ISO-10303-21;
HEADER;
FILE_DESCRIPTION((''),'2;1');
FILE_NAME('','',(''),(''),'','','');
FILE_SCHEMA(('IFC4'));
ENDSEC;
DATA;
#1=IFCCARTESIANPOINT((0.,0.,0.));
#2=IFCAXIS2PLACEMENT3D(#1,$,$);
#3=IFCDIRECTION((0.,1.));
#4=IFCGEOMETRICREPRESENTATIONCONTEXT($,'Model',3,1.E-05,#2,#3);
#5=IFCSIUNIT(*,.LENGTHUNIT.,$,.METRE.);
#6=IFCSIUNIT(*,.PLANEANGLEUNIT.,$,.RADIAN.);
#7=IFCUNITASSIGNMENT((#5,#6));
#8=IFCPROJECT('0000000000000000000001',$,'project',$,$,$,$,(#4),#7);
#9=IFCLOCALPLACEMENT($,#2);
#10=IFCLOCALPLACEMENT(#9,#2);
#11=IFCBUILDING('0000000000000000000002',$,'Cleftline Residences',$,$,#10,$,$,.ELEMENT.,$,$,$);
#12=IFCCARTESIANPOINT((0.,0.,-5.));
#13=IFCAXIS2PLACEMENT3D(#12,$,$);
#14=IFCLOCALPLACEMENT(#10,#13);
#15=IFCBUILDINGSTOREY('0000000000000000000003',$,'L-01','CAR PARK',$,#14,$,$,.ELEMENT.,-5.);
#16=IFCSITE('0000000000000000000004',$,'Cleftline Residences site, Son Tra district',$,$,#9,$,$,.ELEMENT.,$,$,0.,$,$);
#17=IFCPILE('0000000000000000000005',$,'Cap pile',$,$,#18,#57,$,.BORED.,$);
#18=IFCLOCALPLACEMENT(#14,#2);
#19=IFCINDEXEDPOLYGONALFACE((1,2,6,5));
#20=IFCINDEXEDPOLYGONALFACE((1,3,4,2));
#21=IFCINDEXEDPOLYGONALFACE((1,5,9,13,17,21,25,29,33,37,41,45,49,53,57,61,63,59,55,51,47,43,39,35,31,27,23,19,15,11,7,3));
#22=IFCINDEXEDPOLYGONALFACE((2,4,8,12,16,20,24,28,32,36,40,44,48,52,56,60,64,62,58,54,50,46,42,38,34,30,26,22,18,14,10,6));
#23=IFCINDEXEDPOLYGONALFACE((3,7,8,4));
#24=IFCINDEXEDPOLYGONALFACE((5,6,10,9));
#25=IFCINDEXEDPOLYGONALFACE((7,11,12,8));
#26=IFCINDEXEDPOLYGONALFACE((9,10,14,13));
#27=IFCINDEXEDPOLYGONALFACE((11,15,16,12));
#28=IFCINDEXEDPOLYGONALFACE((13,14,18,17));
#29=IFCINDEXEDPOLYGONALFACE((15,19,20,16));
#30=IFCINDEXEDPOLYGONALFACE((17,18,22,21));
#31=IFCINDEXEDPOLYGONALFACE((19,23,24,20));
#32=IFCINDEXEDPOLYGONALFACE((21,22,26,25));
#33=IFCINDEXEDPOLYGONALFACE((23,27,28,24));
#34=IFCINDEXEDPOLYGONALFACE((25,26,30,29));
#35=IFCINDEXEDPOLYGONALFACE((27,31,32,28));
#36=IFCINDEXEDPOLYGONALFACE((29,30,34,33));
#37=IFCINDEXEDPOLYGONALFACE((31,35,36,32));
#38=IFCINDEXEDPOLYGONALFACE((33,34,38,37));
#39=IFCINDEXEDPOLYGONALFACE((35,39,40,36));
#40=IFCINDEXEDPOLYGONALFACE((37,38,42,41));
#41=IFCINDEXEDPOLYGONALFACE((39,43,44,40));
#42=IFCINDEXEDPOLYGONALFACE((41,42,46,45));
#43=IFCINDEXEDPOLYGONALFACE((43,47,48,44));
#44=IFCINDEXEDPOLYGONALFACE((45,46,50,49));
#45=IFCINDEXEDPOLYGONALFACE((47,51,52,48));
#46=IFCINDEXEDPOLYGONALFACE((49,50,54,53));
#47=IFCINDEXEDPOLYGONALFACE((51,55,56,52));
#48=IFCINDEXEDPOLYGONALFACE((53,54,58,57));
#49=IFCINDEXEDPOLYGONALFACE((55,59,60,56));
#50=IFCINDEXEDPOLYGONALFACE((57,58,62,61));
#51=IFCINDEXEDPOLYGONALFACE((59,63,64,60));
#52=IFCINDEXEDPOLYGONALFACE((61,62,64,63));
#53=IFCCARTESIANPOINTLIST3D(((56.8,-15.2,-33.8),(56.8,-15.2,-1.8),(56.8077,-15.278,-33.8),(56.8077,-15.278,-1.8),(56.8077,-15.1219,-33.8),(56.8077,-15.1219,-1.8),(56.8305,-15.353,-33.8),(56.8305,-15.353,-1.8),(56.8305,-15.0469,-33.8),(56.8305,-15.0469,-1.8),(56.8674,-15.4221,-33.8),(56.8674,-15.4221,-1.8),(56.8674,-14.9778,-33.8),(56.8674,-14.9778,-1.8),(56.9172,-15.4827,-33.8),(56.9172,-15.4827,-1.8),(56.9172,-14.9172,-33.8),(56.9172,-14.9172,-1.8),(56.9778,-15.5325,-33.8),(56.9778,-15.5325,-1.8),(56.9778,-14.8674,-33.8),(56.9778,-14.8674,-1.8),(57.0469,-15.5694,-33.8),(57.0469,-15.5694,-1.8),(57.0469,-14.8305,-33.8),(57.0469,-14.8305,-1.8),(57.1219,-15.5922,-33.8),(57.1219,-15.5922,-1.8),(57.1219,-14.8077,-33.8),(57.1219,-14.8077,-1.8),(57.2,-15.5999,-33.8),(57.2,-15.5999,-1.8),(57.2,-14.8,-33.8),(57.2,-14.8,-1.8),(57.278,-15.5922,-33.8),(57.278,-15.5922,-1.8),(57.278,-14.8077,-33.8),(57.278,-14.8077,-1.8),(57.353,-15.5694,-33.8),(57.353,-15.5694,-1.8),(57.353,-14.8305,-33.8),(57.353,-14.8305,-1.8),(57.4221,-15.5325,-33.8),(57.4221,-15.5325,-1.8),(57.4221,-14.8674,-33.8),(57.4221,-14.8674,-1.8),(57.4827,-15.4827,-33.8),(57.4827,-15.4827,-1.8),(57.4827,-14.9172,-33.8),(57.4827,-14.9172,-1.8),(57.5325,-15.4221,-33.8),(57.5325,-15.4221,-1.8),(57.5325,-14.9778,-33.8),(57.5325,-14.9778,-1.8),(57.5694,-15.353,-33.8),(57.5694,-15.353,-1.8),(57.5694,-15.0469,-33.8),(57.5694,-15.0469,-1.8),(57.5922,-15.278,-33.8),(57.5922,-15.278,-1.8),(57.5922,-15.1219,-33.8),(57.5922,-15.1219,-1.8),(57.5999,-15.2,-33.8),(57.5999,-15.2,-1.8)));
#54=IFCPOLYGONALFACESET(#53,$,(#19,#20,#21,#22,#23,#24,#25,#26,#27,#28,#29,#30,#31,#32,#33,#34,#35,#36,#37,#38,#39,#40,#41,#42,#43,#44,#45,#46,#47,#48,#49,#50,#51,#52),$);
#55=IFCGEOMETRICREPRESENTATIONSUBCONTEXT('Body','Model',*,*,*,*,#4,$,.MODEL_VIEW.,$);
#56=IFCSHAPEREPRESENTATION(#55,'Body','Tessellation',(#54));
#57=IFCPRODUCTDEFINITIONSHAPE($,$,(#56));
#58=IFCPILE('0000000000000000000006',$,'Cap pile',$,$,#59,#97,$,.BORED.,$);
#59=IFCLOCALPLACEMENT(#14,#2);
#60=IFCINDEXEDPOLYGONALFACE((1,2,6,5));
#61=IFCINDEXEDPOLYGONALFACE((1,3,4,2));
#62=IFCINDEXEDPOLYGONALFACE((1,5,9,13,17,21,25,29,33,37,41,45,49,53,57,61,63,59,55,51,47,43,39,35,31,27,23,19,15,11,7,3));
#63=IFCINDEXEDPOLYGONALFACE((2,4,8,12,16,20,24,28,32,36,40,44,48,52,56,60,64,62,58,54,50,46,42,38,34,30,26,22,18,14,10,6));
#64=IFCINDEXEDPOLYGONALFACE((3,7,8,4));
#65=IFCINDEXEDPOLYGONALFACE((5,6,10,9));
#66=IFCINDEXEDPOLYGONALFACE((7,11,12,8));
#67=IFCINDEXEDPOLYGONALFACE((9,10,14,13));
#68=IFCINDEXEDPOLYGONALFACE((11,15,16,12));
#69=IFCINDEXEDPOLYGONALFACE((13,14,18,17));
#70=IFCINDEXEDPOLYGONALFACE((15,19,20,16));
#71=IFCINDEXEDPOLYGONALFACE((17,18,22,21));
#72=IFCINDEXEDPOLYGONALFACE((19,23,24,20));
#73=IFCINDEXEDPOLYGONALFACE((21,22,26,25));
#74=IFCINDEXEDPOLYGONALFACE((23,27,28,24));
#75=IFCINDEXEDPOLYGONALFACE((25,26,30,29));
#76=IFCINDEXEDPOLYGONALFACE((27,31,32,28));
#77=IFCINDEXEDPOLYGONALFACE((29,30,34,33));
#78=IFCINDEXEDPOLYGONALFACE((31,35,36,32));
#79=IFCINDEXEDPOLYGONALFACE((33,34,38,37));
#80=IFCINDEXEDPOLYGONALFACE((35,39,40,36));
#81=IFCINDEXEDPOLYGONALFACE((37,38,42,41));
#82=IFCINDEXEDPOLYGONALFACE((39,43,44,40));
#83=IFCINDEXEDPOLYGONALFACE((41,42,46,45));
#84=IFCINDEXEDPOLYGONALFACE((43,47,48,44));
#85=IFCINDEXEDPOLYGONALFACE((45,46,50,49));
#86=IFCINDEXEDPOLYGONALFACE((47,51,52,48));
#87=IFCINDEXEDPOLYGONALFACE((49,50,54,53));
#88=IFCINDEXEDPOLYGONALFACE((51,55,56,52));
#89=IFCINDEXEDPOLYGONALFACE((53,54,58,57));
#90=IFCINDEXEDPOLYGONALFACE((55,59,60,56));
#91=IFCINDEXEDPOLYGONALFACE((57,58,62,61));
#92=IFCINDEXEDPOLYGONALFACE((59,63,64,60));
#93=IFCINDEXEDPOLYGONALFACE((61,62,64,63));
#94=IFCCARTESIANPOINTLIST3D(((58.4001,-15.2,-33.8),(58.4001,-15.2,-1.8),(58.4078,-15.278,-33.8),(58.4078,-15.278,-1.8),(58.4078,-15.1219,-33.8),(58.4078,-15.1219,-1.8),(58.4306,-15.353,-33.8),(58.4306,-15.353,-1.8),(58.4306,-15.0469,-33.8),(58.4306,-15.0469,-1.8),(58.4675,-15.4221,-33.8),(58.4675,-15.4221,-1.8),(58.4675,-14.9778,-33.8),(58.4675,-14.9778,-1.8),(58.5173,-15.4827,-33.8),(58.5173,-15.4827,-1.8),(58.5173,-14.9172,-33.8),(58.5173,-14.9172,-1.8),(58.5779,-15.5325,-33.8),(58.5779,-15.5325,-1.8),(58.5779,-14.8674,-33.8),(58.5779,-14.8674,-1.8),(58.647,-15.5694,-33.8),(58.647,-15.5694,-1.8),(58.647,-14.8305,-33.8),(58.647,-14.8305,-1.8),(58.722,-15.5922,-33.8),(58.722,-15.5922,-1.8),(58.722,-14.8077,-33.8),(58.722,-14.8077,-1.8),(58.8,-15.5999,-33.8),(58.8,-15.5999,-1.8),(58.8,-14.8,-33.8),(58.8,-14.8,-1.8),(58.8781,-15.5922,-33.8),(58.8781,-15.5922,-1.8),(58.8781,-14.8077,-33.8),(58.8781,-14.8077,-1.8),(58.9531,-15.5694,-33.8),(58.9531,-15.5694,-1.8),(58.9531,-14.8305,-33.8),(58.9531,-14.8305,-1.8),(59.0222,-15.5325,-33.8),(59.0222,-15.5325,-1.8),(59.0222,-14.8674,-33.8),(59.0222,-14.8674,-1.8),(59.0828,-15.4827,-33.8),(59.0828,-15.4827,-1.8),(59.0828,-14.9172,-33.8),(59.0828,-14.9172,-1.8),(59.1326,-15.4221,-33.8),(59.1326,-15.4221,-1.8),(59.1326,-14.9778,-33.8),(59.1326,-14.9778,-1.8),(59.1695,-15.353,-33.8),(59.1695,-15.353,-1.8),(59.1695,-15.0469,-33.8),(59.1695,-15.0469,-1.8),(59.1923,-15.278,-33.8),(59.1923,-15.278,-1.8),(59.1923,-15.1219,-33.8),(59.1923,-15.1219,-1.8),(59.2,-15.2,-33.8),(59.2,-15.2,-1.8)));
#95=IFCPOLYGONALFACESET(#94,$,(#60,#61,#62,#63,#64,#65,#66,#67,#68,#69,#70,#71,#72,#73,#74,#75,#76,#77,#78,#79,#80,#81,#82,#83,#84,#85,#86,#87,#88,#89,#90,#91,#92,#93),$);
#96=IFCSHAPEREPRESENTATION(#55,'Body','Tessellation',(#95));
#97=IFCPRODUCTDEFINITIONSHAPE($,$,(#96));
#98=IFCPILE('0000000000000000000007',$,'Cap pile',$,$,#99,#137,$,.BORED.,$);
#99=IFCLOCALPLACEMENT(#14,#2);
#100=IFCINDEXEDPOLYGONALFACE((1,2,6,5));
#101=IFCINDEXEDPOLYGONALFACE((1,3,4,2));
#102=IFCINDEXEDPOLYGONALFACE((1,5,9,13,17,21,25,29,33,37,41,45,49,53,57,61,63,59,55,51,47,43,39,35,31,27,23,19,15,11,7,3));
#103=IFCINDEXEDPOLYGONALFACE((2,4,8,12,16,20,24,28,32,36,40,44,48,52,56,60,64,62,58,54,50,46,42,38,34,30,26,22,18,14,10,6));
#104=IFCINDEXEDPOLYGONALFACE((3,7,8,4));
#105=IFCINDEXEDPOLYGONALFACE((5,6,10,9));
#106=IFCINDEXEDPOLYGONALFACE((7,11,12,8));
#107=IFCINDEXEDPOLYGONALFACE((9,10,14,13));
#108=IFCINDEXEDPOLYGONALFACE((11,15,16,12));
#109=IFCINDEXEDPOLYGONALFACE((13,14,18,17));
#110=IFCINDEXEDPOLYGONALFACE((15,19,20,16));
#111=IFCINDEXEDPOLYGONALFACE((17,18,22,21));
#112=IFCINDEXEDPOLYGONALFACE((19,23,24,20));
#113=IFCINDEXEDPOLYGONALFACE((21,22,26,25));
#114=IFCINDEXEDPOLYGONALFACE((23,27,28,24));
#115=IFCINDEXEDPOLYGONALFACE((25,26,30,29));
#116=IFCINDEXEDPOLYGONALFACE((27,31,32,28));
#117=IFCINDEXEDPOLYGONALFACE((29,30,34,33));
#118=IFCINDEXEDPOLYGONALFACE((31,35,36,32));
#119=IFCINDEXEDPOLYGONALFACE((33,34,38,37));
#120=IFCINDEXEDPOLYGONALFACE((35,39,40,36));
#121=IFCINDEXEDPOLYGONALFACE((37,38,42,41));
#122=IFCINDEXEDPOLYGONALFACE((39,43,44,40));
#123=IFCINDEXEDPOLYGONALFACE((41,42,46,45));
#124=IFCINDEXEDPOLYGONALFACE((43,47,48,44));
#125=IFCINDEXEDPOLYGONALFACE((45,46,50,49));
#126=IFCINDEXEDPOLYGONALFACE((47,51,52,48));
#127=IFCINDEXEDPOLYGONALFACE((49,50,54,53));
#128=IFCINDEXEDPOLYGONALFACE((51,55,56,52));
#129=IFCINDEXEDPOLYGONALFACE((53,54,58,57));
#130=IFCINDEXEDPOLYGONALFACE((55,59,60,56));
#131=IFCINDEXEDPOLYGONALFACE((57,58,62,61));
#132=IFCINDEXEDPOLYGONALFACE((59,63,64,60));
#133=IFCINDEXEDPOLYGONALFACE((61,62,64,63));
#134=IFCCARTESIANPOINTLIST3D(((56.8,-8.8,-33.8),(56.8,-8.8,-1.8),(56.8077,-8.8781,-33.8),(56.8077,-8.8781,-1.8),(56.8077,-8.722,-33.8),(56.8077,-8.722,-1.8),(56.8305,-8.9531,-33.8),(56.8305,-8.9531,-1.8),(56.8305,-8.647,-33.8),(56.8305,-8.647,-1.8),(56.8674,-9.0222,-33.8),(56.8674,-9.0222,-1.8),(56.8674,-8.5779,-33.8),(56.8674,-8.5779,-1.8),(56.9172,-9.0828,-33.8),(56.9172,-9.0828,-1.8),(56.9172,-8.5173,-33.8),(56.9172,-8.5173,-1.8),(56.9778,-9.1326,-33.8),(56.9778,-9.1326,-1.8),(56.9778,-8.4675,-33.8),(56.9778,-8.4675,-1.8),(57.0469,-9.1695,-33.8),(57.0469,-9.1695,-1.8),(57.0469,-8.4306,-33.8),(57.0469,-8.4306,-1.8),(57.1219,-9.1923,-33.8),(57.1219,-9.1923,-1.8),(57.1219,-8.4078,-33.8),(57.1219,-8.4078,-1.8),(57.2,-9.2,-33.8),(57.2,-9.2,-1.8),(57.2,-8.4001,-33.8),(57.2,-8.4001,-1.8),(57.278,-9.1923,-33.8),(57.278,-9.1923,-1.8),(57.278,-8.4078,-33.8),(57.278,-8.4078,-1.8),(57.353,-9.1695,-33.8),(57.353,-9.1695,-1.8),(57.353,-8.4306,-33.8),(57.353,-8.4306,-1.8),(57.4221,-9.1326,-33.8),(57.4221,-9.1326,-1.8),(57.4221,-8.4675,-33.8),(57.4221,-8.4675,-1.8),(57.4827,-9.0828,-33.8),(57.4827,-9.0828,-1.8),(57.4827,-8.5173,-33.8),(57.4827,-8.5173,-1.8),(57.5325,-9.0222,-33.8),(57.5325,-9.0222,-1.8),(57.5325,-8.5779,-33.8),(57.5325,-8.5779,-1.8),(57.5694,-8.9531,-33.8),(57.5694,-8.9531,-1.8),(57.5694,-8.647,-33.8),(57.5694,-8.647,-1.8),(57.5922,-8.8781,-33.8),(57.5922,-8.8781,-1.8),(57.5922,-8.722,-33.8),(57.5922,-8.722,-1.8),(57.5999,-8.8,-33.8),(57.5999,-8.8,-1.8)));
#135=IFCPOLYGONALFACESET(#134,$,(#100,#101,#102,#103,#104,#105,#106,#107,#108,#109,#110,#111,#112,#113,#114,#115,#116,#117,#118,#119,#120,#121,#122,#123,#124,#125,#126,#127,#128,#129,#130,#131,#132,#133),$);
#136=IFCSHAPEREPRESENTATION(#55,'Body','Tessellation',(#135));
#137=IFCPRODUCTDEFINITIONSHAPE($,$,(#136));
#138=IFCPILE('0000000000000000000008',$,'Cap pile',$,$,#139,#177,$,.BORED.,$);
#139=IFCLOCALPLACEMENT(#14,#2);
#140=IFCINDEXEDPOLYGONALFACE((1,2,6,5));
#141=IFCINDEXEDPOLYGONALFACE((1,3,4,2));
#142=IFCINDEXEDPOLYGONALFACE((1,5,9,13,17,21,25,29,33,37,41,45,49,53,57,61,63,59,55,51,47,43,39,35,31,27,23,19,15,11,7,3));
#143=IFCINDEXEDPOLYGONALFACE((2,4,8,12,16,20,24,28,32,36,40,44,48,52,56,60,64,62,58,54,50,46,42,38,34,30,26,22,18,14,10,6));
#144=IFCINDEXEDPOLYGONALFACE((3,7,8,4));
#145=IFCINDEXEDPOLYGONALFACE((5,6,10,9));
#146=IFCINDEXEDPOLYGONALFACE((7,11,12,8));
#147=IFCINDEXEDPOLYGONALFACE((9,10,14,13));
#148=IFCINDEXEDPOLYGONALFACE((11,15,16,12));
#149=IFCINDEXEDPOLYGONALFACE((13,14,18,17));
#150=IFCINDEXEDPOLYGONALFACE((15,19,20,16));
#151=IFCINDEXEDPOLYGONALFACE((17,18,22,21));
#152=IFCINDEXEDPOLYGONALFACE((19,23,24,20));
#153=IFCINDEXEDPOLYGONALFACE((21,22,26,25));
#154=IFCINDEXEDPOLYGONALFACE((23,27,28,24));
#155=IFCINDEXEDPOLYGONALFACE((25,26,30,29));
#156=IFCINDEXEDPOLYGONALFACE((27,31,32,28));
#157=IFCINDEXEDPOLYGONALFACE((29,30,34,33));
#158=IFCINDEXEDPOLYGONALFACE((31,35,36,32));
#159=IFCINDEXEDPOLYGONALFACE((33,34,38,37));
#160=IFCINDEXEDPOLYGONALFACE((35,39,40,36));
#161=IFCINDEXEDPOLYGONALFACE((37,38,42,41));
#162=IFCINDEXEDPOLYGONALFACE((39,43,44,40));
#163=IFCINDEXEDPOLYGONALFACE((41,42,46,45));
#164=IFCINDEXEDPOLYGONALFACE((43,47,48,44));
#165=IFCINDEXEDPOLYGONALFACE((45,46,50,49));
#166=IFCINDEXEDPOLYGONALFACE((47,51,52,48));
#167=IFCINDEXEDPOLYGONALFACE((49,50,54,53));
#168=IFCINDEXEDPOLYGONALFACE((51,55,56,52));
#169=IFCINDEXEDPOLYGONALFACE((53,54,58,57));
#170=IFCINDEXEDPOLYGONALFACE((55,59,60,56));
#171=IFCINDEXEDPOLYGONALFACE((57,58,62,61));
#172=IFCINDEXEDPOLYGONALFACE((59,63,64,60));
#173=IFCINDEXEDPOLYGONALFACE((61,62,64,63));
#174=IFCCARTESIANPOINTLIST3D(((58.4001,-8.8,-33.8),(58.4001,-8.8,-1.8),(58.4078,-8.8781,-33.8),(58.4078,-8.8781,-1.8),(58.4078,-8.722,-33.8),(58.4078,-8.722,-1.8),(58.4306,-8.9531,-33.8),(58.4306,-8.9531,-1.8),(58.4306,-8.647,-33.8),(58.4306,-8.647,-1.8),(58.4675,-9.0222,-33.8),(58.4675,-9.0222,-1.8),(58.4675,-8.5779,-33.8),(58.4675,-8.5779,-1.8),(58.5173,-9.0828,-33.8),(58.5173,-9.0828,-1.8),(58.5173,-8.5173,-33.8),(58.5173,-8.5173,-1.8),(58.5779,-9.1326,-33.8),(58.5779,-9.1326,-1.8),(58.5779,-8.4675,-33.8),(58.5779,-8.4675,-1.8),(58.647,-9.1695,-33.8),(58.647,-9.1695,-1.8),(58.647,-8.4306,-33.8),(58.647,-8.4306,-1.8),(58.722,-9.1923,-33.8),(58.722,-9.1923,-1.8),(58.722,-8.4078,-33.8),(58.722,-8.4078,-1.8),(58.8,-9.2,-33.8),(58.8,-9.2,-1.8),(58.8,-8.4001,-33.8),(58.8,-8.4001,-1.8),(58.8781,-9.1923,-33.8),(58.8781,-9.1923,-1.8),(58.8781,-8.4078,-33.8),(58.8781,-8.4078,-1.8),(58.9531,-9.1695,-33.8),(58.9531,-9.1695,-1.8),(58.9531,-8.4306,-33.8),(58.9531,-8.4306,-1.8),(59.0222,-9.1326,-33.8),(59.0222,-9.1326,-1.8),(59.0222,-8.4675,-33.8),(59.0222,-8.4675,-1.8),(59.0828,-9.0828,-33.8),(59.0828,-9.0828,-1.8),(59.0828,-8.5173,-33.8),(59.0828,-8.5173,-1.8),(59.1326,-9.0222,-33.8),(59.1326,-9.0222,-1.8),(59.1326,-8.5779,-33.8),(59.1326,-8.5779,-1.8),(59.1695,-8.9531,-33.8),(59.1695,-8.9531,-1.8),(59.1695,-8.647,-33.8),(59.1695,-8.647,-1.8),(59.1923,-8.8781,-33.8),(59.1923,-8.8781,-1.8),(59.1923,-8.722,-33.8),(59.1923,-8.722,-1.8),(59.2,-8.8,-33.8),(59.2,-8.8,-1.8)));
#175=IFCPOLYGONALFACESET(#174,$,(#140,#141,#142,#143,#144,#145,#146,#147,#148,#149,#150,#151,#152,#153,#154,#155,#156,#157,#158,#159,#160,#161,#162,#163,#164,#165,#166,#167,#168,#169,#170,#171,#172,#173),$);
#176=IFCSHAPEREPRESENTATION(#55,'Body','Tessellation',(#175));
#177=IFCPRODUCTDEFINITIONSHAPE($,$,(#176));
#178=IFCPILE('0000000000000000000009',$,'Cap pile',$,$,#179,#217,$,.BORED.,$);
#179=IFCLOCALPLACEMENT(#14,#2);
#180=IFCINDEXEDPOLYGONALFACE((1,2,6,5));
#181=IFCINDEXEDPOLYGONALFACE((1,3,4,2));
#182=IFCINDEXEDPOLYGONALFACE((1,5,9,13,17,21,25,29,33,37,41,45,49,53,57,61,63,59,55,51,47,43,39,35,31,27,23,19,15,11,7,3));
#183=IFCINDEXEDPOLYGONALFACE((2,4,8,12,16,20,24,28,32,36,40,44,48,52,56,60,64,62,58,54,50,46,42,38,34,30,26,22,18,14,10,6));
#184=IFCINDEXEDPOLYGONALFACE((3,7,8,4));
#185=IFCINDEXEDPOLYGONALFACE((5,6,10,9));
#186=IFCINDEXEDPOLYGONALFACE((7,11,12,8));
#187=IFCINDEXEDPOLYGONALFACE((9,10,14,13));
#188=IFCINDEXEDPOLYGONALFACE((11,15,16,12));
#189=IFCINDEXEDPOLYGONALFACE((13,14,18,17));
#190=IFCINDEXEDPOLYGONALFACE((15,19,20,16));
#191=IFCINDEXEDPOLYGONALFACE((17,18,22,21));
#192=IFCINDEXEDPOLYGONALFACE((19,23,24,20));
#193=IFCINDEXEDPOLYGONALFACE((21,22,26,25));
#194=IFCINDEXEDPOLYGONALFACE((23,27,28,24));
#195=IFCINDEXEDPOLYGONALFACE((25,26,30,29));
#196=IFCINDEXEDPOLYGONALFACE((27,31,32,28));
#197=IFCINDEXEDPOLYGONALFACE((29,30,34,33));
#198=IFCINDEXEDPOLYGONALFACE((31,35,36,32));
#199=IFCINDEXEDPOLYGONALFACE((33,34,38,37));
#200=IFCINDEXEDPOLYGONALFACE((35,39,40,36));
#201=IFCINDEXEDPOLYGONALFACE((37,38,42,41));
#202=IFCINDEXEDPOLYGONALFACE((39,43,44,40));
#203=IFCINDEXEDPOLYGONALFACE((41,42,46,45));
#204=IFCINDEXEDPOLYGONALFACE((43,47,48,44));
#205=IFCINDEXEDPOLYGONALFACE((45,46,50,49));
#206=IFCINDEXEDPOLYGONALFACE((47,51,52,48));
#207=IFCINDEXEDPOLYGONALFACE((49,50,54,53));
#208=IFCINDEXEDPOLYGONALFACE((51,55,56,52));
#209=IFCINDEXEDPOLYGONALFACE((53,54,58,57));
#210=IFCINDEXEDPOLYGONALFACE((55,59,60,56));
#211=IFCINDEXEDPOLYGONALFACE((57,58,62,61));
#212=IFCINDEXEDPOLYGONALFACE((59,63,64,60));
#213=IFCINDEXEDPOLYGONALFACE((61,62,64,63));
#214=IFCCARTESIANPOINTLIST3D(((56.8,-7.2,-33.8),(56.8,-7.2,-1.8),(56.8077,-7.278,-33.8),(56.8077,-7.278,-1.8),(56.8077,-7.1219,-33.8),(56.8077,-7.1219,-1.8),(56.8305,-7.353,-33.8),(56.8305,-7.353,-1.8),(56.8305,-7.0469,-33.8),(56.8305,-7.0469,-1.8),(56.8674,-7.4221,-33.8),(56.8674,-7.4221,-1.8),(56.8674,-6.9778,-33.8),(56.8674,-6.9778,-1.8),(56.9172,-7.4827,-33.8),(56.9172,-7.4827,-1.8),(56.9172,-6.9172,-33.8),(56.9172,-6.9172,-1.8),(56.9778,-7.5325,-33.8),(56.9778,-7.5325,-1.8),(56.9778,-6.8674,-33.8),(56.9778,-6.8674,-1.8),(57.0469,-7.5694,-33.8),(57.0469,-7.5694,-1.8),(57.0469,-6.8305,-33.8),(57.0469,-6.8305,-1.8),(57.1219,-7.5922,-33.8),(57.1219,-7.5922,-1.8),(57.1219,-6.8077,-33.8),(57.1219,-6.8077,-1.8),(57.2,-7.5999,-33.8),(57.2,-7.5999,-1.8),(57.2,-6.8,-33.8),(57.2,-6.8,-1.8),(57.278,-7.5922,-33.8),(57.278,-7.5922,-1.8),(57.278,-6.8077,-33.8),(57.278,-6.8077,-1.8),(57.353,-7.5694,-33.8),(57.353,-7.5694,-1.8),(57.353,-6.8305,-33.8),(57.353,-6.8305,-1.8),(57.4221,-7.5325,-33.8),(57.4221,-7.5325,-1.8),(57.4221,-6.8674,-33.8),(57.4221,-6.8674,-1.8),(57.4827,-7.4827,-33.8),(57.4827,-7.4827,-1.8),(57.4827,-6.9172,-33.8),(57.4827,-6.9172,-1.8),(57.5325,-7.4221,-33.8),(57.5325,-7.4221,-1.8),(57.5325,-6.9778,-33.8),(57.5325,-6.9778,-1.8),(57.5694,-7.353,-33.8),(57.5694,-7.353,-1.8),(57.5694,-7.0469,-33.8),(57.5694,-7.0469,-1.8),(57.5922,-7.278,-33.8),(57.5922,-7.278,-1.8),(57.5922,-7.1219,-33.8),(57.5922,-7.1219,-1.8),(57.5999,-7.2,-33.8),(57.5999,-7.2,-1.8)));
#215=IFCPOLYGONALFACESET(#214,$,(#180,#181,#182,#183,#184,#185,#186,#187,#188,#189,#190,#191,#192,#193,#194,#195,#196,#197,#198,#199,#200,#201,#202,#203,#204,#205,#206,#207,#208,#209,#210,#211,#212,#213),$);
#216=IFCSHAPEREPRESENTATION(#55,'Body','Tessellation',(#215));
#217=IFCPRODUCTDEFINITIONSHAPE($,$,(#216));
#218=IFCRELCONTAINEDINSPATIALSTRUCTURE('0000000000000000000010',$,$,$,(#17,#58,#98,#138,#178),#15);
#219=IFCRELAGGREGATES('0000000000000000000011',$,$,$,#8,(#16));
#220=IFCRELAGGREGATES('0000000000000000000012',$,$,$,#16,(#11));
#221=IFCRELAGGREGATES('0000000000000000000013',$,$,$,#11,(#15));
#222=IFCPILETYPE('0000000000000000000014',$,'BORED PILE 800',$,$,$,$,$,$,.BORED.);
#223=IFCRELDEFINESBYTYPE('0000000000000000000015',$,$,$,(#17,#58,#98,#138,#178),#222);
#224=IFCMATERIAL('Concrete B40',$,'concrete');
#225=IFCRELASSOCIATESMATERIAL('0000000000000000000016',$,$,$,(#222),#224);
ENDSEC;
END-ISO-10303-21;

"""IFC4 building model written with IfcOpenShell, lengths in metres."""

from ifc_helpers import new_model, si_unit, direction, frame, origin, origin_2d, place, context, subcontext, project, spatial, circle, extrude, material, material_profile, profile_set, type_object, element, save


model = new_model("IFC4")

# Units and contexts
model_context = context("Model", 3, precision=1e-05, world=origin(), true_north=direction((0.0, 1.0)))
body_context = subcontext(model_context, "Body", "Model", "MODEL_VIEW")
ifc_project = project(units=[si_unit("LENGTHUNIT", "METRE"), si_unit("PLANEANGLEUNIT", "RADIAN")], contexts=[model_context])

# Site, building, storey
site_placement = place(None, origin())
site = spatial("IfcSite", under=ifc_project, at=site_placement, Name="Cleftline Residences site, Son Tra district", CompositionType="ELEMENT", RefElevation=0.0)
building_placement = place(site_placement, origin())
building = spatial("IfcBuilding", under=site, at=building_placement, Name="Cleftline Residences", CompositionType="ELEMENT")
storey_placement = place(building_placement, frame((0.0, 0.0, -5.0)))
storey = spatial("IfcBuildingStorey", under=building, at=storey_placement, Name="L-01", Description="CAR PARK", CompositionType="ELEMENT", Elevation=-5.0)

# Piles
ifc_material_1 = material(Name="Concrete B40", Category="concrete")
ifc_material_profile_1 = material_profile(ifc_material_1, circle(Radius=0.3999, at=origin_2d()))
ifc_profile_set_1 = profile_set([ifc_material_profile_1], Name="Concrete B40")
pile_type_1 = type_object("IfcPileType", Name="BORED PILE 800", PredefinedType="BORED", material=ifc_profile_set_1)
for number, where, z_axis, x_axis, name in (
    (1, (57.2, -15.2, -1.8), (0.0, 0.0, -1.0), (1.0, 0.0, 0.0), "Cap pile"),
    (2, (58.8, -15.2, -1.8), (0.0, 0.0, -1.0), (1.0, 0.0, 0.0), "Cap pile"),
    (3, (57.2, -8.8, -1.8), (0.0, 0.0, -1.0), (1.0, 0.0, 0.0), "Cap pile"),
    (4, (58.8, -8.8, -1.8), (0.0, 0.0, -1.0), (1.0, 0.0, 0.0), "Cap pile"),
    (5, (57.2, -7.2, -1.8), (0.0, 0.0, -1.0), (1.0, 0.0, 0.0), "Cap pile"),
):
    element("IfcPile", number, at=place(storey_placement, frame(where, z_axis=z_axis, x_axis=x_axis)), inside=storey, type_object=pile_type_1, Name=name, PredefinedType="BORED", context=body_context, shape_type="SweptSolid", body=[
        extrude(circle(Radius=0.3999, at=origin_2d()), origin(), (0.0, 0.0, 1.0), 32.0),
    ])

save(model, "model.ifc")
